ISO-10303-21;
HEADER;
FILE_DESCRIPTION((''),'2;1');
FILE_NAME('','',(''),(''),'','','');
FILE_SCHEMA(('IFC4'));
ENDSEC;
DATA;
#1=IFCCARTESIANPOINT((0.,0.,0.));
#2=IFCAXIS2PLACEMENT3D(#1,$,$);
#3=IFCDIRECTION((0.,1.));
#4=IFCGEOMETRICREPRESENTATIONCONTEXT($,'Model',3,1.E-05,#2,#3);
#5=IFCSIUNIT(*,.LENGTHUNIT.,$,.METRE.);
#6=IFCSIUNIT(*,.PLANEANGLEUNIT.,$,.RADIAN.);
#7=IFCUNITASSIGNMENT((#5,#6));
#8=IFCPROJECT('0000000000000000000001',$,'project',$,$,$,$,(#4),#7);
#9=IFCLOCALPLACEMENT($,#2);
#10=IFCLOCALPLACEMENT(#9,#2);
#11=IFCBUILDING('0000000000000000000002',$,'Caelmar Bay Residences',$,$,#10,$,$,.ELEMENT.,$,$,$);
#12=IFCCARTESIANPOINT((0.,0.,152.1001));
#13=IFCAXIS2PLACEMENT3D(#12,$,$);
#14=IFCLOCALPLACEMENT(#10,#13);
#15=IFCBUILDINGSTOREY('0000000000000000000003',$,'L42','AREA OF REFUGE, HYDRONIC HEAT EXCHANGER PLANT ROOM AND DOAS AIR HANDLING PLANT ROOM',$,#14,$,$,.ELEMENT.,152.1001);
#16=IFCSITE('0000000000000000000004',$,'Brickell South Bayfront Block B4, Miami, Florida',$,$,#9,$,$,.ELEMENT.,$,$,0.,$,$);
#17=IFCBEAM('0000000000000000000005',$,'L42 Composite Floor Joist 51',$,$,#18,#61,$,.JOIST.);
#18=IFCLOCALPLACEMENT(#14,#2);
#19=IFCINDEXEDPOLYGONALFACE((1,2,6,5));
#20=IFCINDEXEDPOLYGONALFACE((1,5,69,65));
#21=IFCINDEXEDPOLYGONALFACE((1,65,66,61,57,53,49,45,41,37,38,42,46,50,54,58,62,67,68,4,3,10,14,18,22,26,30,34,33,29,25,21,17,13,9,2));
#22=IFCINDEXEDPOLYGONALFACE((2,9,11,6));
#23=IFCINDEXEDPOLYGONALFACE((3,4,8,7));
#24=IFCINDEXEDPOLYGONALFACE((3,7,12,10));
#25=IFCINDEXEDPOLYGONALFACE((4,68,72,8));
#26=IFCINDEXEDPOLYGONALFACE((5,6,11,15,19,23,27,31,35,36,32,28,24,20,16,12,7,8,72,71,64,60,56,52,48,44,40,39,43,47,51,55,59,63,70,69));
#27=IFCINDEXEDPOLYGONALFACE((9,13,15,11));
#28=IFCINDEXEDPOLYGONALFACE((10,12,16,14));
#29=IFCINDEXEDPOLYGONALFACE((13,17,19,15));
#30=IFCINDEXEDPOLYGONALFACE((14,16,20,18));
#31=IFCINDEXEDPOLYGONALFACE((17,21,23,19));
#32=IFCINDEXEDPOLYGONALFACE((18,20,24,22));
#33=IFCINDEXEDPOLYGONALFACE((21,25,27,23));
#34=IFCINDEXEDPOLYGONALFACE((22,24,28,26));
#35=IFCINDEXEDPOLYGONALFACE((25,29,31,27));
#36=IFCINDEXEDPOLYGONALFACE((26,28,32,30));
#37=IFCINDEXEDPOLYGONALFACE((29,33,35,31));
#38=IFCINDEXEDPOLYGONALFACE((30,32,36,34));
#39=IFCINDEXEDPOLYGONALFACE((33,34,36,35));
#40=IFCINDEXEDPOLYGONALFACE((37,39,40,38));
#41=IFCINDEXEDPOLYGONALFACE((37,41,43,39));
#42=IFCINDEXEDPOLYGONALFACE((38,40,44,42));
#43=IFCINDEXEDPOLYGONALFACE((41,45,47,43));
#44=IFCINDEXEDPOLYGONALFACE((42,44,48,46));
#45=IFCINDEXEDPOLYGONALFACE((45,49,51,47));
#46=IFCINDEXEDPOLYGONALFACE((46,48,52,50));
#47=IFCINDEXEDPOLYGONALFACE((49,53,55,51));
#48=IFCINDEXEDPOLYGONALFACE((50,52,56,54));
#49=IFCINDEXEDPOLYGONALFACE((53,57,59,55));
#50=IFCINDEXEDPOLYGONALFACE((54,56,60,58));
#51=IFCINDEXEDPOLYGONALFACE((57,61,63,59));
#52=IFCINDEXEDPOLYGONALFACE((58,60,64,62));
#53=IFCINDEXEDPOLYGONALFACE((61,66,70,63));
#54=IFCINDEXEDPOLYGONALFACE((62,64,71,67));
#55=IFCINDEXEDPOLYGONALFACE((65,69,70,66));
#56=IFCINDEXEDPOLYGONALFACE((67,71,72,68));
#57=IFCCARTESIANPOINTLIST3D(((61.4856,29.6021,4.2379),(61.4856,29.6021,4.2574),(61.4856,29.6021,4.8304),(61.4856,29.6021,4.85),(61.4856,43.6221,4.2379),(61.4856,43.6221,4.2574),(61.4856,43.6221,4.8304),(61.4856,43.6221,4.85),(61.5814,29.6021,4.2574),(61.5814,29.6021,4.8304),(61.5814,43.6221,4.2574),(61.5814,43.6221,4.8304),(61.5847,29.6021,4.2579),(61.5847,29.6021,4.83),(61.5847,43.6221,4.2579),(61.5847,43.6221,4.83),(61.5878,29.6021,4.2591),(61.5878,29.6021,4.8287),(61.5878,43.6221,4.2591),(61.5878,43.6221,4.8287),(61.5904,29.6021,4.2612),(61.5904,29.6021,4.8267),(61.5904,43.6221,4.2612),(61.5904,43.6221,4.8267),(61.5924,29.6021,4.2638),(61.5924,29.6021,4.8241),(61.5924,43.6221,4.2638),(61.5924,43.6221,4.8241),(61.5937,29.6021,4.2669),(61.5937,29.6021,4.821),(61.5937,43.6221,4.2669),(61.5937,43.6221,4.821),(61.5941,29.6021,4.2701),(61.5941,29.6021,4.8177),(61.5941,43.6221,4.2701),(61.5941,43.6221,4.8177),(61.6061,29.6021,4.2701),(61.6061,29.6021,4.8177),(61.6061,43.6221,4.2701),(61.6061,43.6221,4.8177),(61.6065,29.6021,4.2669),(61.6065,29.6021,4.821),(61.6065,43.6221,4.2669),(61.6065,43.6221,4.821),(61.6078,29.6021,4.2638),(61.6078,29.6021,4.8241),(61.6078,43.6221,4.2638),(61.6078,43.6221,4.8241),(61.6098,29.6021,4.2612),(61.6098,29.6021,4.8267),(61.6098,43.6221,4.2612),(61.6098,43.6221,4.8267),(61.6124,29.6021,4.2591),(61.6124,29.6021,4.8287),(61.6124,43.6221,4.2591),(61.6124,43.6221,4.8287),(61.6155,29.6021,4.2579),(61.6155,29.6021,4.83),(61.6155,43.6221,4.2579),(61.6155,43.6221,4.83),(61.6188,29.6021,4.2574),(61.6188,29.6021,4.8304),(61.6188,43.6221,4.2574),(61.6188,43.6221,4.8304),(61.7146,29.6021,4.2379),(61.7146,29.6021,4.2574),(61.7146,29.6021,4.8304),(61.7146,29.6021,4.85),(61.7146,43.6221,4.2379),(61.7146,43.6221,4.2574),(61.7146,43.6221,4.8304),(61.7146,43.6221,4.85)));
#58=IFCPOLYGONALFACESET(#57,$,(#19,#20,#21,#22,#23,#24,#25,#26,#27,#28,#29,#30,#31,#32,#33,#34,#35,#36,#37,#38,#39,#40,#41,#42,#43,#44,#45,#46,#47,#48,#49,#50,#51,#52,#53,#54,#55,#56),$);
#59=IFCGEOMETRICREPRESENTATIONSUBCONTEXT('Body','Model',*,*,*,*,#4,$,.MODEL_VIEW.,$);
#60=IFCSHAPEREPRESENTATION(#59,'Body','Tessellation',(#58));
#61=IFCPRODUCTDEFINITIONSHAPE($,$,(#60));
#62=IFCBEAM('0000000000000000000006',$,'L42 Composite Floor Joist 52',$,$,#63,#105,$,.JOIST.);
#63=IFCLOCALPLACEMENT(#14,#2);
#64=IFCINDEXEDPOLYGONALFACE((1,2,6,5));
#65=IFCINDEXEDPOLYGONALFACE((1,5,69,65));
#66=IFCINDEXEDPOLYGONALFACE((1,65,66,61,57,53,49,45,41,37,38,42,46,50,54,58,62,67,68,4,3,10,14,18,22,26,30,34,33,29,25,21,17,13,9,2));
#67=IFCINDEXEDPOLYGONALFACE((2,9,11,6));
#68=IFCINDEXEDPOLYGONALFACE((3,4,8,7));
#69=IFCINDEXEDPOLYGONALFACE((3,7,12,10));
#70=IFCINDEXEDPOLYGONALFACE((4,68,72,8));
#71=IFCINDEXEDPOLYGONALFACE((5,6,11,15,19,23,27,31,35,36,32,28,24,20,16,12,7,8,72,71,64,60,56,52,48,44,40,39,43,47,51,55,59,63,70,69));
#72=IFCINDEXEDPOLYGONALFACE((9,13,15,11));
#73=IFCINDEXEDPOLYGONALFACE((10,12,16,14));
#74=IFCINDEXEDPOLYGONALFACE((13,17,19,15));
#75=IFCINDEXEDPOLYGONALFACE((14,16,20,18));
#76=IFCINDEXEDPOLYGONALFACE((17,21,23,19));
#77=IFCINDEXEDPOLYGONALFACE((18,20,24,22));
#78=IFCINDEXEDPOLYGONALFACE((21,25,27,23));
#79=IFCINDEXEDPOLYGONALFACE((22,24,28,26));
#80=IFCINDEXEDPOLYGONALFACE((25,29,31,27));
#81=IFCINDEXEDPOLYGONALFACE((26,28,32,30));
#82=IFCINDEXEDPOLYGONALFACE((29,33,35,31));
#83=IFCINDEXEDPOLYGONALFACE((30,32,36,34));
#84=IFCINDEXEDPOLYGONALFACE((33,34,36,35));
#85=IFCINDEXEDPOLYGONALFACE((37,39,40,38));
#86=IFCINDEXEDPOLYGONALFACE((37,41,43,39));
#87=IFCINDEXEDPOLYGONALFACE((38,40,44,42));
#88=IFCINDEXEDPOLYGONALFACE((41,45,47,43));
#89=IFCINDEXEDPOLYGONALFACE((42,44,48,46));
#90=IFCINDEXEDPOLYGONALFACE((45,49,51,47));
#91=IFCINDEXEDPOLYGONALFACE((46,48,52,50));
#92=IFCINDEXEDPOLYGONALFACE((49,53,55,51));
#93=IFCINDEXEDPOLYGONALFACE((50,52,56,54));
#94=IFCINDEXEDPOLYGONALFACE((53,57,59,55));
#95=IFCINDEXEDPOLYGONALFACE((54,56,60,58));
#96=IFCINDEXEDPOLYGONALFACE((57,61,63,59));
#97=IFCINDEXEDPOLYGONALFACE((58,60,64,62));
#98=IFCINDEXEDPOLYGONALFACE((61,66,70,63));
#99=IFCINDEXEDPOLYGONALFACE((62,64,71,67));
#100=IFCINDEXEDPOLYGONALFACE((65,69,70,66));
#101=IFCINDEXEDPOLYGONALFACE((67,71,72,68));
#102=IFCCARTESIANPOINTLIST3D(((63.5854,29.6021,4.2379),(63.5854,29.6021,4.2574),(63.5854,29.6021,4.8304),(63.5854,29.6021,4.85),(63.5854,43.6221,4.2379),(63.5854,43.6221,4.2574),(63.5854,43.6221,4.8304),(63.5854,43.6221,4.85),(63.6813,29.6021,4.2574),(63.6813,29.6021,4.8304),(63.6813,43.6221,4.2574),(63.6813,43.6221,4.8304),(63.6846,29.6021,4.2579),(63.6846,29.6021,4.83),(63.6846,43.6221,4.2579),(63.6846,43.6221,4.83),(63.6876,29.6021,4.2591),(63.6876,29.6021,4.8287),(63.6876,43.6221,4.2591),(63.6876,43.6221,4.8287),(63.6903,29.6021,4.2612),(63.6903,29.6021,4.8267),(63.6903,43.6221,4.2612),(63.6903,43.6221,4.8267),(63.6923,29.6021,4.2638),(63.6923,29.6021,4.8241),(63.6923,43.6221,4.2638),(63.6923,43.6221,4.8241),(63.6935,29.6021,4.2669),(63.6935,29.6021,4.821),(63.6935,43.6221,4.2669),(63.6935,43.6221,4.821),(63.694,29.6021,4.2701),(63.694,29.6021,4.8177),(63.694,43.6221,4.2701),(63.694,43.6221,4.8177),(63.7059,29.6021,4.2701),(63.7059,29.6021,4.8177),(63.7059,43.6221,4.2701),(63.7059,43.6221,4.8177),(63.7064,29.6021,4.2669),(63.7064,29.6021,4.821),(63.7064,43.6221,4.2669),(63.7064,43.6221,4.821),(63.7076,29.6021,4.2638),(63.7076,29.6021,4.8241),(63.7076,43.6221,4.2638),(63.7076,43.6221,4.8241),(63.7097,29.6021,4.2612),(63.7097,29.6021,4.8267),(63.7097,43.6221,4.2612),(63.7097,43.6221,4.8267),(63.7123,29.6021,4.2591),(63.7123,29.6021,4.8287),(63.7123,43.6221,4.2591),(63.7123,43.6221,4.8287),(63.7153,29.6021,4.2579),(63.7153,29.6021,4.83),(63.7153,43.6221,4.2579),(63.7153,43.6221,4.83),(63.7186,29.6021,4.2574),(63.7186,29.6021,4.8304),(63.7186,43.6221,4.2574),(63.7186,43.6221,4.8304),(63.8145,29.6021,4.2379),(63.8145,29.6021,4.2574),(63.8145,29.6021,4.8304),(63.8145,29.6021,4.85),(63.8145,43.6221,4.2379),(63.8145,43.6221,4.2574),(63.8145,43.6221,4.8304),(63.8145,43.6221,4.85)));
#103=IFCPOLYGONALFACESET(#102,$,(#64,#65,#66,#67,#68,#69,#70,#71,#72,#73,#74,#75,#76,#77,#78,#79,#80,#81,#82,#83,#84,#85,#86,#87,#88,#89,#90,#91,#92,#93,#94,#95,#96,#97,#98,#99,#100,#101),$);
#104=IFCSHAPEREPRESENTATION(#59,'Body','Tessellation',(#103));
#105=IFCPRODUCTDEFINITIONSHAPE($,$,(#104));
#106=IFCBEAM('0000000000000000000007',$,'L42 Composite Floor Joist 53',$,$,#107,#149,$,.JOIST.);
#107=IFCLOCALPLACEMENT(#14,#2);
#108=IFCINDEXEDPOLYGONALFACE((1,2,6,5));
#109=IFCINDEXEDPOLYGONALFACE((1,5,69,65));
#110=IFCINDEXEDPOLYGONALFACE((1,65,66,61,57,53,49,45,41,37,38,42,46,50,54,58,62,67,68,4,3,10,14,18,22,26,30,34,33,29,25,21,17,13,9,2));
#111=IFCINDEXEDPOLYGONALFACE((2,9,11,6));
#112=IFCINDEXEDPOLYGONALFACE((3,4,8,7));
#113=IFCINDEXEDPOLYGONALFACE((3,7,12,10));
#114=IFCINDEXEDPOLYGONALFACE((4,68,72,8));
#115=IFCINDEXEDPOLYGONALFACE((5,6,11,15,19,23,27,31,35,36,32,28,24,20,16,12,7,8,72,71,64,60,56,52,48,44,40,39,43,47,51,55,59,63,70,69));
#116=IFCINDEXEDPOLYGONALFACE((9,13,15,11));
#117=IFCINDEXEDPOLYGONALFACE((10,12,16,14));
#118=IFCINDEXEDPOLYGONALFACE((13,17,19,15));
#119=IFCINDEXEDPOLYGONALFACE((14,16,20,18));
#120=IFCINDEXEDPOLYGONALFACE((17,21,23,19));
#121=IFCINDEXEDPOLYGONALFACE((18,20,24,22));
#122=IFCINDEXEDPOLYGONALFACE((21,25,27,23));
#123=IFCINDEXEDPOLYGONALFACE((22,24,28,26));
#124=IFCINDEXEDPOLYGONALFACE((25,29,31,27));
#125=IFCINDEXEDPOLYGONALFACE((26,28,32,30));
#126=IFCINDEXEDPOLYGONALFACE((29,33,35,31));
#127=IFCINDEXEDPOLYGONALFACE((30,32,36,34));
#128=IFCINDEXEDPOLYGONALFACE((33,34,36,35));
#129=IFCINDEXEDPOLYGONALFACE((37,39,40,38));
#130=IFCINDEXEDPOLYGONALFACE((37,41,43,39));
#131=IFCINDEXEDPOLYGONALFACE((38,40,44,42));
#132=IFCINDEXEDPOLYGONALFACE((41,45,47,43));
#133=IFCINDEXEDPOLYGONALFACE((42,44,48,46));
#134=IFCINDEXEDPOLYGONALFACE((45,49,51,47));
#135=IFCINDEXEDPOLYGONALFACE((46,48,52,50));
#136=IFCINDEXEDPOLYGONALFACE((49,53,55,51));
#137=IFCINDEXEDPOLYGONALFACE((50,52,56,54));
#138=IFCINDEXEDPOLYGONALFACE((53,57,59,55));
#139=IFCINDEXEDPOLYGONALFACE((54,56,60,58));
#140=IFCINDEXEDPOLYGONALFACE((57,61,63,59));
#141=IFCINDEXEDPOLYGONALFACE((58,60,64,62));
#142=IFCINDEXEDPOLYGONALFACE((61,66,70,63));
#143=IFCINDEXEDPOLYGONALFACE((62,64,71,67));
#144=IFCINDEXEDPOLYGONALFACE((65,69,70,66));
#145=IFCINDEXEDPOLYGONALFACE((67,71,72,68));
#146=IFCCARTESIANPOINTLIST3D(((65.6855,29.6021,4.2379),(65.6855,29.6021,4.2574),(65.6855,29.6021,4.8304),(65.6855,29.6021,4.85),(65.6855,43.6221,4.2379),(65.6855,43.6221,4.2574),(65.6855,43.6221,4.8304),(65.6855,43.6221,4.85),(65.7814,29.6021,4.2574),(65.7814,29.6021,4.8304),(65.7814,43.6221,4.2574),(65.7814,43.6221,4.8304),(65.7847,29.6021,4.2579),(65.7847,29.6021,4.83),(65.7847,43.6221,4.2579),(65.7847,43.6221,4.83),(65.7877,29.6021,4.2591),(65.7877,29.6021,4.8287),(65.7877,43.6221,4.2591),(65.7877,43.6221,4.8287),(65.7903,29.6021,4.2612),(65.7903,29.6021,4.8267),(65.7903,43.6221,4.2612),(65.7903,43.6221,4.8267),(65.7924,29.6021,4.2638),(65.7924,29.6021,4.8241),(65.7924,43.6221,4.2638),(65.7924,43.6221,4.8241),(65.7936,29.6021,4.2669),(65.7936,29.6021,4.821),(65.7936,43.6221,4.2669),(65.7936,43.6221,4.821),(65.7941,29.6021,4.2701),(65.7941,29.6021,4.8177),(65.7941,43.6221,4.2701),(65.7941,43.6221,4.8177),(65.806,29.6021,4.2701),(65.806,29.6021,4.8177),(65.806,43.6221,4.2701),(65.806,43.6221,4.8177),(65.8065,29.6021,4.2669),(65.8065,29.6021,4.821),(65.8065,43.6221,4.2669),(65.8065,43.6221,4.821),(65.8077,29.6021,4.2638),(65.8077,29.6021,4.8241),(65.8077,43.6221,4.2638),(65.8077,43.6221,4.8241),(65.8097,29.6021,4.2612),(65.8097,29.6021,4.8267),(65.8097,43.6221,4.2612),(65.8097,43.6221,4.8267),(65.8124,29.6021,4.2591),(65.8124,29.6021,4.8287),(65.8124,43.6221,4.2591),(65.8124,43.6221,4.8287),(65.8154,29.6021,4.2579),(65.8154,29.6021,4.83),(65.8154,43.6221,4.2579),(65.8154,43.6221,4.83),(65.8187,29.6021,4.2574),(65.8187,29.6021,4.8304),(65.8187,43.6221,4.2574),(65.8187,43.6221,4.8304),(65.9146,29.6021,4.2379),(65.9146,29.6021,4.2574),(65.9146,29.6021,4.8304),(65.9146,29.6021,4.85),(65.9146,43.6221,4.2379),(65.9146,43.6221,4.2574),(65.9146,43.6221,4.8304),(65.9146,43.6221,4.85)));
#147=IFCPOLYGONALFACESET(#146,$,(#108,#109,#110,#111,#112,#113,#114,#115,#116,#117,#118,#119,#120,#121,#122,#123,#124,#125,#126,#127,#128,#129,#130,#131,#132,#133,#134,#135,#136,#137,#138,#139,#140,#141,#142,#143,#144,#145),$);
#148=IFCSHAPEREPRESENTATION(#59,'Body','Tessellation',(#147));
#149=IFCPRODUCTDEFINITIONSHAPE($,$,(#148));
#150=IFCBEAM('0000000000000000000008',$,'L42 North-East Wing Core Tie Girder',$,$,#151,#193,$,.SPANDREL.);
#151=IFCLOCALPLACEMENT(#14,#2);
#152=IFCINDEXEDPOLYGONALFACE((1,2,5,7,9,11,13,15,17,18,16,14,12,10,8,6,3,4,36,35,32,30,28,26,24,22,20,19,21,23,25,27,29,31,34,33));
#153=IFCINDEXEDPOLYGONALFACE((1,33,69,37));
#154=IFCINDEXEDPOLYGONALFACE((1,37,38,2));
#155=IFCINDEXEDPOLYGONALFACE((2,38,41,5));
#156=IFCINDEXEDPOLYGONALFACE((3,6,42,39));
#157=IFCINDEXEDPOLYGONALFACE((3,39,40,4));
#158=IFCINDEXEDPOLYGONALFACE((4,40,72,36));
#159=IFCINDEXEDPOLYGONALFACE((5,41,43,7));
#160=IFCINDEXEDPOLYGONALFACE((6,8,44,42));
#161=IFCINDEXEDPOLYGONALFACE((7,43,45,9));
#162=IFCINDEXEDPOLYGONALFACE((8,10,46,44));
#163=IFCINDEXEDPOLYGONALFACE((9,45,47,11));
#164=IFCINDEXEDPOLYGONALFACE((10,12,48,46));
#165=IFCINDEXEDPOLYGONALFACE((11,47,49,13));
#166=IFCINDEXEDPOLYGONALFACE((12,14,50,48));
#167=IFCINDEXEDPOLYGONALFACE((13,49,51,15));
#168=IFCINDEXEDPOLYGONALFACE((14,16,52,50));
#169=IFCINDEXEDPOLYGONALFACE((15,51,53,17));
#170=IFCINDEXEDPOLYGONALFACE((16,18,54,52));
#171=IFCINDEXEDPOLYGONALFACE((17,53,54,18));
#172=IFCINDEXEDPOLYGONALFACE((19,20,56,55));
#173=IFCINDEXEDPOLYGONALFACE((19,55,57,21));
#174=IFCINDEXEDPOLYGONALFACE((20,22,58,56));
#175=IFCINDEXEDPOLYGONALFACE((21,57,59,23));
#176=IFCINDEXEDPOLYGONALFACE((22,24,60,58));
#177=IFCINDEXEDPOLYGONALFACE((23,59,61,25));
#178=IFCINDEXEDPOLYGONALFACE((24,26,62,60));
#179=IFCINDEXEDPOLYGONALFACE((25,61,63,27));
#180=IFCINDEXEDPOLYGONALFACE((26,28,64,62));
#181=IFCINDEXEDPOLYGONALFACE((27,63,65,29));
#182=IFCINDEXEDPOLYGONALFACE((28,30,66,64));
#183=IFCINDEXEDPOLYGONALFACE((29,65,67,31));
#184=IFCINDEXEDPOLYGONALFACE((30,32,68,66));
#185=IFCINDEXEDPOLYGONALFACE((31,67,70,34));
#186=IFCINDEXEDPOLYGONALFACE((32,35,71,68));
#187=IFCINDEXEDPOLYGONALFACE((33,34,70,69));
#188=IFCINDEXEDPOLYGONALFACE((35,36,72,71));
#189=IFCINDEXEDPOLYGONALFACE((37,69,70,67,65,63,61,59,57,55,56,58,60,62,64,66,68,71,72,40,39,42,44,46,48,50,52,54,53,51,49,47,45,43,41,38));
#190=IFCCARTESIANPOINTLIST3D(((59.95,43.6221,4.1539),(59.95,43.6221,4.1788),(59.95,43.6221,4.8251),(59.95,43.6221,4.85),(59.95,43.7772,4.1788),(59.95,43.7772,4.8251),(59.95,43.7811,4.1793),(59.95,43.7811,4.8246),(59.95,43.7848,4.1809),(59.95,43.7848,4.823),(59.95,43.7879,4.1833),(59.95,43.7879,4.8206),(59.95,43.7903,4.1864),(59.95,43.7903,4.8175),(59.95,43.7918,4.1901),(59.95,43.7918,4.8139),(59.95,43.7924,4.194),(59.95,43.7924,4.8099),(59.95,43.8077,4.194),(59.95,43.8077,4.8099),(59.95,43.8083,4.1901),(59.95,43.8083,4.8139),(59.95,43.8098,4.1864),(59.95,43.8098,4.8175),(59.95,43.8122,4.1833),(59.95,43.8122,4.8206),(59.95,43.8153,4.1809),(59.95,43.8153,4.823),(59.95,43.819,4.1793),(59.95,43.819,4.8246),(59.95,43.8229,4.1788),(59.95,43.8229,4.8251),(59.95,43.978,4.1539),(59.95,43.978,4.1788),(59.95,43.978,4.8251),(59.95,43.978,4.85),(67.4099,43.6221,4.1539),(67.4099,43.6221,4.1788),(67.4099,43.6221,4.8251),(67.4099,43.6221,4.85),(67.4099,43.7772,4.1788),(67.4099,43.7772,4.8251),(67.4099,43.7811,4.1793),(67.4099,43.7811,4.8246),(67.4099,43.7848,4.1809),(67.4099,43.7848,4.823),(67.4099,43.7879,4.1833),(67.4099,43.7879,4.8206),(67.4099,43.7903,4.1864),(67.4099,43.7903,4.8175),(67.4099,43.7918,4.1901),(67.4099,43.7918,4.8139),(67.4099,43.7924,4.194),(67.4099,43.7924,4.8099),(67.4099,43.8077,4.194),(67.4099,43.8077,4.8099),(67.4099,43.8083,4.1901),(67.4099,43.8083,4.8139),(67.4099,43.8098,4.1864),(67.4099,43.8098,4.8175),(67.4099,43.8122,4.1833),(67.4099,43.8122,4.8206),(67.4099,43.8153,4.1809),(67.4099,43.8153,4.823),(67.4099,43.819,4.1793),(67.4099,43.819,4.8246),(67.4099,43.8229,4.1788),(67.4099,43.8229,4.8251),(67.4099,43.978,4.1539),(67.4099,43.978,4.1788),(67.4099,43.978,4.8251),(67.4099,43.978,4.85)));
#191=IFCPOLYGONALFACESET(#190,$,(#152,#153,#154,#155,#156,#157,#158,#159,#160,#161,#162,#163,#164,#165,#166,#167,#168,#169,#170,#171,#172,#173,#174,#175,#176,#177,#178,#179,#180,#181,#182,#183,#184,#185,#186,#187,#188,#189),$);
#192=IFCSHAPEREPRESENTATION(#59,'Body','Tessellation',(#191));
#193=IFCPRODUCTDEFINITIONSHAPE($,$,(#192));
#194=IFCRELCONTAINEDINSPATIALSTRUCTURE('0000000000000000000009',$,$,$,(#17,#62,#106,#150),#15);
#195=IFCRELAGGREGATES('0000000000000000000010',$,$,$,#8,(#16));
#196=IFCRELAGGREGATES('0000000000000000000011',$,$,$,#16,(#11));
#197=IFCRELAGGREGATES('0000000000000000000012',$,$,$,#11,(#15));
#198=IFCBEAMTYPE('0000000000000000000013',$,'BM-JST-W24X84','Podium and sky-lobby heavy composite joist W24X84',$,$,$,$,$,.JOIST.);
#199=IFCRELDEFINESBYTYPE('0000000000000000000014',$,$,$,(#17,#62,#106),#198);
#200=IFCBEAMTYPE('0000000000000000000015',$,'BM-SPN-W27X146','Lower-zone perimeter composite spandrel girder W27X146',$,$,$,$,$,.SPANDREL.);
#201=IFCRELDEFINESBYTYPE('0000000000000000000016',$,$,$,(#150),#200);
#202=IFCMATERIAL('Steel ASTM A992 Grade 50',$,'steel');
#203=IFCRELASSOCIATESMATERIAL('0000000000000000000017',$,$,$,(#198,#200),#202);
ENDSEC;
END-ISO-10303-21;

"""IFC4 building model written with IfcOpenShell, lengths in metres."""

from ifc_helpers import new_model, si_unit, direction, frame, origin, origin_2d, place, context, subcontext, project, spatial, i_section, extrude, material, material_profile, profile_set, type_object, element, save


model = new_model("IFC4")

# Units and contexts
model_context = context("Model", 3, precision=1e-05, world=origin(), true_north=direction((0.0, 1.0)))
body_context = subcontext(model_context, "Body", "Model", "MODEL_VIEW")
ifc_project = project(units=[si_unit("LENGTHUNIT", "METRE"), si_unit("PLANEANGLEUNIT", "RADIAN")], contexts=[model_context])

# Site, building, storey
site_placement = place(None, origin())
site = spatial("IfcSite", under=ifc_project, at=site_placement, Name="Brickell South Bayfront Block B4, Miami, Florida", CompositionType="ELEMENT", RefElevation=0.0)
building_placement = place(site_placement, origin())
building = spatial("IfcBuilding", under=site, at=building_placement, Name="Caelmar Bay Residences", CompositionType="ELEMENT")
storey_placement = place(building_placement, frame((0.0, 0.0, 152.1001)))
storey = spatial("IfcBuildingStorey", under=building, at=storey_placement, Name="L42", Description="AREA OF REFUGE, HYDRONIC HEAT EXCHANGER PLANT ROOM AND DOAS AIR HANDLING PLANT ROOM", CompositionType="ELEMENT", Elevation=152.1001)

# Beams
ifc_material_1 = material(Name="Steel ASTM A992 Grade 50", Category="steel")
ifc_material_profile_1 = material_profile(ifc_material_1, i_section(OverallWidth=0.229, OverallDepth=0.6121, WebThickness=0.012, FlangeThickness=0.0195, FilletRadius=0.0127, at=origin_2d()), Name="W24X84")
ifc_profile_set_1 = profile_set([ifc_material_profile_1], Name="Steel ASTM A992 Grade 50")
beam_type_1 = type_object("IfcBeamType", Name="BM-JST-W24X84", Description="Podium and sky-lobby heavy composite joist W24X84", PredefinedType="JOIST", material=ifc_profile_set_1)
for number, where, z_axis, x_axis, name in (
    (1, (61.6001, 29.6021, 4.5439), (0.0, 1.0, 0.0), (-1.0, 0.0, 0.0), "L42 Composite Floor Joist 51"),
    (2, (63.7, 29.6021, 4.5439), (0.0, 1.0, 0.0), (-1.0, 0.0, 0.0), "L42 Composite Floor Joist 52"),
    (3, (65.8, 29.6021, 4.5439), (0.0, 1.0, 0.0), (-1.0, 0.0, 0.0), "L42 Composite Floor Joist 53"),
):
    element("IfcBeam", number, at=place(storey_placement, frame(where, z_axis=z_axis, x_axis=x_axis)), inside=storey, type_object=beam_type_1, Name=name, PredefinedType="JOIST", context=body_context, shape_type="SweptSolid", body=[
        extrude(i_section(OverallWidth=0.229, OverallDepth=0.6121, WebThickness=0.012, FlangeThickness=0.0195, FilletRadius=0.0127, at=origin_2d()), origin(), (0.0, 0.0, 1.0), 14.02),
    ])
ifc_material_profile_2 = material_profile(ifc_material_1, i_section(OverallWidth=0.356, OverallDepth=0.696, WebThickness=0.0154, FlangeThickness=0.0249, FilletRadius=0.0151, at=origin_2d()), Name="W27X146")
ifc_profile_set_2 = profile_set([ifc_material_profile_2], Name="Steel ASTM A992 Grade 50")
beam_type_2 = type_object("IfcBeamType", Name="BM-SPN-W27X146", Description="Lower-zone perimeter composite spandrel girder W27X146", PredefinedType="SPANDREL", material=ifc_profile_set_2)
beam_1_placement = place(storey_placement, frame((59.95, 43.8, 4.502), z_axis=(1.0, 0.0, 0.0), x_axis=(0.0, 1.0, 0.0)))
element("IfcBeam", 4, at=beam_1_placement, inside=storey, type_object=beam_type_2, Name="L42 North-East Wing Core Tie Girder", PredefinedType="SPANDREL", context=body_context, shape_type="SweptSolid", body=[
    extrude(i_section(OverallWidth=0.356, OverallDepth=0.696, WebThickness=0.0154, FlangeThickness=0.0249, FilletRadius=0.0151, at=origin_2d()), origin(), (0.0, 0.0, 1.0), 7.46),
])

save(model, "model.ifc")
